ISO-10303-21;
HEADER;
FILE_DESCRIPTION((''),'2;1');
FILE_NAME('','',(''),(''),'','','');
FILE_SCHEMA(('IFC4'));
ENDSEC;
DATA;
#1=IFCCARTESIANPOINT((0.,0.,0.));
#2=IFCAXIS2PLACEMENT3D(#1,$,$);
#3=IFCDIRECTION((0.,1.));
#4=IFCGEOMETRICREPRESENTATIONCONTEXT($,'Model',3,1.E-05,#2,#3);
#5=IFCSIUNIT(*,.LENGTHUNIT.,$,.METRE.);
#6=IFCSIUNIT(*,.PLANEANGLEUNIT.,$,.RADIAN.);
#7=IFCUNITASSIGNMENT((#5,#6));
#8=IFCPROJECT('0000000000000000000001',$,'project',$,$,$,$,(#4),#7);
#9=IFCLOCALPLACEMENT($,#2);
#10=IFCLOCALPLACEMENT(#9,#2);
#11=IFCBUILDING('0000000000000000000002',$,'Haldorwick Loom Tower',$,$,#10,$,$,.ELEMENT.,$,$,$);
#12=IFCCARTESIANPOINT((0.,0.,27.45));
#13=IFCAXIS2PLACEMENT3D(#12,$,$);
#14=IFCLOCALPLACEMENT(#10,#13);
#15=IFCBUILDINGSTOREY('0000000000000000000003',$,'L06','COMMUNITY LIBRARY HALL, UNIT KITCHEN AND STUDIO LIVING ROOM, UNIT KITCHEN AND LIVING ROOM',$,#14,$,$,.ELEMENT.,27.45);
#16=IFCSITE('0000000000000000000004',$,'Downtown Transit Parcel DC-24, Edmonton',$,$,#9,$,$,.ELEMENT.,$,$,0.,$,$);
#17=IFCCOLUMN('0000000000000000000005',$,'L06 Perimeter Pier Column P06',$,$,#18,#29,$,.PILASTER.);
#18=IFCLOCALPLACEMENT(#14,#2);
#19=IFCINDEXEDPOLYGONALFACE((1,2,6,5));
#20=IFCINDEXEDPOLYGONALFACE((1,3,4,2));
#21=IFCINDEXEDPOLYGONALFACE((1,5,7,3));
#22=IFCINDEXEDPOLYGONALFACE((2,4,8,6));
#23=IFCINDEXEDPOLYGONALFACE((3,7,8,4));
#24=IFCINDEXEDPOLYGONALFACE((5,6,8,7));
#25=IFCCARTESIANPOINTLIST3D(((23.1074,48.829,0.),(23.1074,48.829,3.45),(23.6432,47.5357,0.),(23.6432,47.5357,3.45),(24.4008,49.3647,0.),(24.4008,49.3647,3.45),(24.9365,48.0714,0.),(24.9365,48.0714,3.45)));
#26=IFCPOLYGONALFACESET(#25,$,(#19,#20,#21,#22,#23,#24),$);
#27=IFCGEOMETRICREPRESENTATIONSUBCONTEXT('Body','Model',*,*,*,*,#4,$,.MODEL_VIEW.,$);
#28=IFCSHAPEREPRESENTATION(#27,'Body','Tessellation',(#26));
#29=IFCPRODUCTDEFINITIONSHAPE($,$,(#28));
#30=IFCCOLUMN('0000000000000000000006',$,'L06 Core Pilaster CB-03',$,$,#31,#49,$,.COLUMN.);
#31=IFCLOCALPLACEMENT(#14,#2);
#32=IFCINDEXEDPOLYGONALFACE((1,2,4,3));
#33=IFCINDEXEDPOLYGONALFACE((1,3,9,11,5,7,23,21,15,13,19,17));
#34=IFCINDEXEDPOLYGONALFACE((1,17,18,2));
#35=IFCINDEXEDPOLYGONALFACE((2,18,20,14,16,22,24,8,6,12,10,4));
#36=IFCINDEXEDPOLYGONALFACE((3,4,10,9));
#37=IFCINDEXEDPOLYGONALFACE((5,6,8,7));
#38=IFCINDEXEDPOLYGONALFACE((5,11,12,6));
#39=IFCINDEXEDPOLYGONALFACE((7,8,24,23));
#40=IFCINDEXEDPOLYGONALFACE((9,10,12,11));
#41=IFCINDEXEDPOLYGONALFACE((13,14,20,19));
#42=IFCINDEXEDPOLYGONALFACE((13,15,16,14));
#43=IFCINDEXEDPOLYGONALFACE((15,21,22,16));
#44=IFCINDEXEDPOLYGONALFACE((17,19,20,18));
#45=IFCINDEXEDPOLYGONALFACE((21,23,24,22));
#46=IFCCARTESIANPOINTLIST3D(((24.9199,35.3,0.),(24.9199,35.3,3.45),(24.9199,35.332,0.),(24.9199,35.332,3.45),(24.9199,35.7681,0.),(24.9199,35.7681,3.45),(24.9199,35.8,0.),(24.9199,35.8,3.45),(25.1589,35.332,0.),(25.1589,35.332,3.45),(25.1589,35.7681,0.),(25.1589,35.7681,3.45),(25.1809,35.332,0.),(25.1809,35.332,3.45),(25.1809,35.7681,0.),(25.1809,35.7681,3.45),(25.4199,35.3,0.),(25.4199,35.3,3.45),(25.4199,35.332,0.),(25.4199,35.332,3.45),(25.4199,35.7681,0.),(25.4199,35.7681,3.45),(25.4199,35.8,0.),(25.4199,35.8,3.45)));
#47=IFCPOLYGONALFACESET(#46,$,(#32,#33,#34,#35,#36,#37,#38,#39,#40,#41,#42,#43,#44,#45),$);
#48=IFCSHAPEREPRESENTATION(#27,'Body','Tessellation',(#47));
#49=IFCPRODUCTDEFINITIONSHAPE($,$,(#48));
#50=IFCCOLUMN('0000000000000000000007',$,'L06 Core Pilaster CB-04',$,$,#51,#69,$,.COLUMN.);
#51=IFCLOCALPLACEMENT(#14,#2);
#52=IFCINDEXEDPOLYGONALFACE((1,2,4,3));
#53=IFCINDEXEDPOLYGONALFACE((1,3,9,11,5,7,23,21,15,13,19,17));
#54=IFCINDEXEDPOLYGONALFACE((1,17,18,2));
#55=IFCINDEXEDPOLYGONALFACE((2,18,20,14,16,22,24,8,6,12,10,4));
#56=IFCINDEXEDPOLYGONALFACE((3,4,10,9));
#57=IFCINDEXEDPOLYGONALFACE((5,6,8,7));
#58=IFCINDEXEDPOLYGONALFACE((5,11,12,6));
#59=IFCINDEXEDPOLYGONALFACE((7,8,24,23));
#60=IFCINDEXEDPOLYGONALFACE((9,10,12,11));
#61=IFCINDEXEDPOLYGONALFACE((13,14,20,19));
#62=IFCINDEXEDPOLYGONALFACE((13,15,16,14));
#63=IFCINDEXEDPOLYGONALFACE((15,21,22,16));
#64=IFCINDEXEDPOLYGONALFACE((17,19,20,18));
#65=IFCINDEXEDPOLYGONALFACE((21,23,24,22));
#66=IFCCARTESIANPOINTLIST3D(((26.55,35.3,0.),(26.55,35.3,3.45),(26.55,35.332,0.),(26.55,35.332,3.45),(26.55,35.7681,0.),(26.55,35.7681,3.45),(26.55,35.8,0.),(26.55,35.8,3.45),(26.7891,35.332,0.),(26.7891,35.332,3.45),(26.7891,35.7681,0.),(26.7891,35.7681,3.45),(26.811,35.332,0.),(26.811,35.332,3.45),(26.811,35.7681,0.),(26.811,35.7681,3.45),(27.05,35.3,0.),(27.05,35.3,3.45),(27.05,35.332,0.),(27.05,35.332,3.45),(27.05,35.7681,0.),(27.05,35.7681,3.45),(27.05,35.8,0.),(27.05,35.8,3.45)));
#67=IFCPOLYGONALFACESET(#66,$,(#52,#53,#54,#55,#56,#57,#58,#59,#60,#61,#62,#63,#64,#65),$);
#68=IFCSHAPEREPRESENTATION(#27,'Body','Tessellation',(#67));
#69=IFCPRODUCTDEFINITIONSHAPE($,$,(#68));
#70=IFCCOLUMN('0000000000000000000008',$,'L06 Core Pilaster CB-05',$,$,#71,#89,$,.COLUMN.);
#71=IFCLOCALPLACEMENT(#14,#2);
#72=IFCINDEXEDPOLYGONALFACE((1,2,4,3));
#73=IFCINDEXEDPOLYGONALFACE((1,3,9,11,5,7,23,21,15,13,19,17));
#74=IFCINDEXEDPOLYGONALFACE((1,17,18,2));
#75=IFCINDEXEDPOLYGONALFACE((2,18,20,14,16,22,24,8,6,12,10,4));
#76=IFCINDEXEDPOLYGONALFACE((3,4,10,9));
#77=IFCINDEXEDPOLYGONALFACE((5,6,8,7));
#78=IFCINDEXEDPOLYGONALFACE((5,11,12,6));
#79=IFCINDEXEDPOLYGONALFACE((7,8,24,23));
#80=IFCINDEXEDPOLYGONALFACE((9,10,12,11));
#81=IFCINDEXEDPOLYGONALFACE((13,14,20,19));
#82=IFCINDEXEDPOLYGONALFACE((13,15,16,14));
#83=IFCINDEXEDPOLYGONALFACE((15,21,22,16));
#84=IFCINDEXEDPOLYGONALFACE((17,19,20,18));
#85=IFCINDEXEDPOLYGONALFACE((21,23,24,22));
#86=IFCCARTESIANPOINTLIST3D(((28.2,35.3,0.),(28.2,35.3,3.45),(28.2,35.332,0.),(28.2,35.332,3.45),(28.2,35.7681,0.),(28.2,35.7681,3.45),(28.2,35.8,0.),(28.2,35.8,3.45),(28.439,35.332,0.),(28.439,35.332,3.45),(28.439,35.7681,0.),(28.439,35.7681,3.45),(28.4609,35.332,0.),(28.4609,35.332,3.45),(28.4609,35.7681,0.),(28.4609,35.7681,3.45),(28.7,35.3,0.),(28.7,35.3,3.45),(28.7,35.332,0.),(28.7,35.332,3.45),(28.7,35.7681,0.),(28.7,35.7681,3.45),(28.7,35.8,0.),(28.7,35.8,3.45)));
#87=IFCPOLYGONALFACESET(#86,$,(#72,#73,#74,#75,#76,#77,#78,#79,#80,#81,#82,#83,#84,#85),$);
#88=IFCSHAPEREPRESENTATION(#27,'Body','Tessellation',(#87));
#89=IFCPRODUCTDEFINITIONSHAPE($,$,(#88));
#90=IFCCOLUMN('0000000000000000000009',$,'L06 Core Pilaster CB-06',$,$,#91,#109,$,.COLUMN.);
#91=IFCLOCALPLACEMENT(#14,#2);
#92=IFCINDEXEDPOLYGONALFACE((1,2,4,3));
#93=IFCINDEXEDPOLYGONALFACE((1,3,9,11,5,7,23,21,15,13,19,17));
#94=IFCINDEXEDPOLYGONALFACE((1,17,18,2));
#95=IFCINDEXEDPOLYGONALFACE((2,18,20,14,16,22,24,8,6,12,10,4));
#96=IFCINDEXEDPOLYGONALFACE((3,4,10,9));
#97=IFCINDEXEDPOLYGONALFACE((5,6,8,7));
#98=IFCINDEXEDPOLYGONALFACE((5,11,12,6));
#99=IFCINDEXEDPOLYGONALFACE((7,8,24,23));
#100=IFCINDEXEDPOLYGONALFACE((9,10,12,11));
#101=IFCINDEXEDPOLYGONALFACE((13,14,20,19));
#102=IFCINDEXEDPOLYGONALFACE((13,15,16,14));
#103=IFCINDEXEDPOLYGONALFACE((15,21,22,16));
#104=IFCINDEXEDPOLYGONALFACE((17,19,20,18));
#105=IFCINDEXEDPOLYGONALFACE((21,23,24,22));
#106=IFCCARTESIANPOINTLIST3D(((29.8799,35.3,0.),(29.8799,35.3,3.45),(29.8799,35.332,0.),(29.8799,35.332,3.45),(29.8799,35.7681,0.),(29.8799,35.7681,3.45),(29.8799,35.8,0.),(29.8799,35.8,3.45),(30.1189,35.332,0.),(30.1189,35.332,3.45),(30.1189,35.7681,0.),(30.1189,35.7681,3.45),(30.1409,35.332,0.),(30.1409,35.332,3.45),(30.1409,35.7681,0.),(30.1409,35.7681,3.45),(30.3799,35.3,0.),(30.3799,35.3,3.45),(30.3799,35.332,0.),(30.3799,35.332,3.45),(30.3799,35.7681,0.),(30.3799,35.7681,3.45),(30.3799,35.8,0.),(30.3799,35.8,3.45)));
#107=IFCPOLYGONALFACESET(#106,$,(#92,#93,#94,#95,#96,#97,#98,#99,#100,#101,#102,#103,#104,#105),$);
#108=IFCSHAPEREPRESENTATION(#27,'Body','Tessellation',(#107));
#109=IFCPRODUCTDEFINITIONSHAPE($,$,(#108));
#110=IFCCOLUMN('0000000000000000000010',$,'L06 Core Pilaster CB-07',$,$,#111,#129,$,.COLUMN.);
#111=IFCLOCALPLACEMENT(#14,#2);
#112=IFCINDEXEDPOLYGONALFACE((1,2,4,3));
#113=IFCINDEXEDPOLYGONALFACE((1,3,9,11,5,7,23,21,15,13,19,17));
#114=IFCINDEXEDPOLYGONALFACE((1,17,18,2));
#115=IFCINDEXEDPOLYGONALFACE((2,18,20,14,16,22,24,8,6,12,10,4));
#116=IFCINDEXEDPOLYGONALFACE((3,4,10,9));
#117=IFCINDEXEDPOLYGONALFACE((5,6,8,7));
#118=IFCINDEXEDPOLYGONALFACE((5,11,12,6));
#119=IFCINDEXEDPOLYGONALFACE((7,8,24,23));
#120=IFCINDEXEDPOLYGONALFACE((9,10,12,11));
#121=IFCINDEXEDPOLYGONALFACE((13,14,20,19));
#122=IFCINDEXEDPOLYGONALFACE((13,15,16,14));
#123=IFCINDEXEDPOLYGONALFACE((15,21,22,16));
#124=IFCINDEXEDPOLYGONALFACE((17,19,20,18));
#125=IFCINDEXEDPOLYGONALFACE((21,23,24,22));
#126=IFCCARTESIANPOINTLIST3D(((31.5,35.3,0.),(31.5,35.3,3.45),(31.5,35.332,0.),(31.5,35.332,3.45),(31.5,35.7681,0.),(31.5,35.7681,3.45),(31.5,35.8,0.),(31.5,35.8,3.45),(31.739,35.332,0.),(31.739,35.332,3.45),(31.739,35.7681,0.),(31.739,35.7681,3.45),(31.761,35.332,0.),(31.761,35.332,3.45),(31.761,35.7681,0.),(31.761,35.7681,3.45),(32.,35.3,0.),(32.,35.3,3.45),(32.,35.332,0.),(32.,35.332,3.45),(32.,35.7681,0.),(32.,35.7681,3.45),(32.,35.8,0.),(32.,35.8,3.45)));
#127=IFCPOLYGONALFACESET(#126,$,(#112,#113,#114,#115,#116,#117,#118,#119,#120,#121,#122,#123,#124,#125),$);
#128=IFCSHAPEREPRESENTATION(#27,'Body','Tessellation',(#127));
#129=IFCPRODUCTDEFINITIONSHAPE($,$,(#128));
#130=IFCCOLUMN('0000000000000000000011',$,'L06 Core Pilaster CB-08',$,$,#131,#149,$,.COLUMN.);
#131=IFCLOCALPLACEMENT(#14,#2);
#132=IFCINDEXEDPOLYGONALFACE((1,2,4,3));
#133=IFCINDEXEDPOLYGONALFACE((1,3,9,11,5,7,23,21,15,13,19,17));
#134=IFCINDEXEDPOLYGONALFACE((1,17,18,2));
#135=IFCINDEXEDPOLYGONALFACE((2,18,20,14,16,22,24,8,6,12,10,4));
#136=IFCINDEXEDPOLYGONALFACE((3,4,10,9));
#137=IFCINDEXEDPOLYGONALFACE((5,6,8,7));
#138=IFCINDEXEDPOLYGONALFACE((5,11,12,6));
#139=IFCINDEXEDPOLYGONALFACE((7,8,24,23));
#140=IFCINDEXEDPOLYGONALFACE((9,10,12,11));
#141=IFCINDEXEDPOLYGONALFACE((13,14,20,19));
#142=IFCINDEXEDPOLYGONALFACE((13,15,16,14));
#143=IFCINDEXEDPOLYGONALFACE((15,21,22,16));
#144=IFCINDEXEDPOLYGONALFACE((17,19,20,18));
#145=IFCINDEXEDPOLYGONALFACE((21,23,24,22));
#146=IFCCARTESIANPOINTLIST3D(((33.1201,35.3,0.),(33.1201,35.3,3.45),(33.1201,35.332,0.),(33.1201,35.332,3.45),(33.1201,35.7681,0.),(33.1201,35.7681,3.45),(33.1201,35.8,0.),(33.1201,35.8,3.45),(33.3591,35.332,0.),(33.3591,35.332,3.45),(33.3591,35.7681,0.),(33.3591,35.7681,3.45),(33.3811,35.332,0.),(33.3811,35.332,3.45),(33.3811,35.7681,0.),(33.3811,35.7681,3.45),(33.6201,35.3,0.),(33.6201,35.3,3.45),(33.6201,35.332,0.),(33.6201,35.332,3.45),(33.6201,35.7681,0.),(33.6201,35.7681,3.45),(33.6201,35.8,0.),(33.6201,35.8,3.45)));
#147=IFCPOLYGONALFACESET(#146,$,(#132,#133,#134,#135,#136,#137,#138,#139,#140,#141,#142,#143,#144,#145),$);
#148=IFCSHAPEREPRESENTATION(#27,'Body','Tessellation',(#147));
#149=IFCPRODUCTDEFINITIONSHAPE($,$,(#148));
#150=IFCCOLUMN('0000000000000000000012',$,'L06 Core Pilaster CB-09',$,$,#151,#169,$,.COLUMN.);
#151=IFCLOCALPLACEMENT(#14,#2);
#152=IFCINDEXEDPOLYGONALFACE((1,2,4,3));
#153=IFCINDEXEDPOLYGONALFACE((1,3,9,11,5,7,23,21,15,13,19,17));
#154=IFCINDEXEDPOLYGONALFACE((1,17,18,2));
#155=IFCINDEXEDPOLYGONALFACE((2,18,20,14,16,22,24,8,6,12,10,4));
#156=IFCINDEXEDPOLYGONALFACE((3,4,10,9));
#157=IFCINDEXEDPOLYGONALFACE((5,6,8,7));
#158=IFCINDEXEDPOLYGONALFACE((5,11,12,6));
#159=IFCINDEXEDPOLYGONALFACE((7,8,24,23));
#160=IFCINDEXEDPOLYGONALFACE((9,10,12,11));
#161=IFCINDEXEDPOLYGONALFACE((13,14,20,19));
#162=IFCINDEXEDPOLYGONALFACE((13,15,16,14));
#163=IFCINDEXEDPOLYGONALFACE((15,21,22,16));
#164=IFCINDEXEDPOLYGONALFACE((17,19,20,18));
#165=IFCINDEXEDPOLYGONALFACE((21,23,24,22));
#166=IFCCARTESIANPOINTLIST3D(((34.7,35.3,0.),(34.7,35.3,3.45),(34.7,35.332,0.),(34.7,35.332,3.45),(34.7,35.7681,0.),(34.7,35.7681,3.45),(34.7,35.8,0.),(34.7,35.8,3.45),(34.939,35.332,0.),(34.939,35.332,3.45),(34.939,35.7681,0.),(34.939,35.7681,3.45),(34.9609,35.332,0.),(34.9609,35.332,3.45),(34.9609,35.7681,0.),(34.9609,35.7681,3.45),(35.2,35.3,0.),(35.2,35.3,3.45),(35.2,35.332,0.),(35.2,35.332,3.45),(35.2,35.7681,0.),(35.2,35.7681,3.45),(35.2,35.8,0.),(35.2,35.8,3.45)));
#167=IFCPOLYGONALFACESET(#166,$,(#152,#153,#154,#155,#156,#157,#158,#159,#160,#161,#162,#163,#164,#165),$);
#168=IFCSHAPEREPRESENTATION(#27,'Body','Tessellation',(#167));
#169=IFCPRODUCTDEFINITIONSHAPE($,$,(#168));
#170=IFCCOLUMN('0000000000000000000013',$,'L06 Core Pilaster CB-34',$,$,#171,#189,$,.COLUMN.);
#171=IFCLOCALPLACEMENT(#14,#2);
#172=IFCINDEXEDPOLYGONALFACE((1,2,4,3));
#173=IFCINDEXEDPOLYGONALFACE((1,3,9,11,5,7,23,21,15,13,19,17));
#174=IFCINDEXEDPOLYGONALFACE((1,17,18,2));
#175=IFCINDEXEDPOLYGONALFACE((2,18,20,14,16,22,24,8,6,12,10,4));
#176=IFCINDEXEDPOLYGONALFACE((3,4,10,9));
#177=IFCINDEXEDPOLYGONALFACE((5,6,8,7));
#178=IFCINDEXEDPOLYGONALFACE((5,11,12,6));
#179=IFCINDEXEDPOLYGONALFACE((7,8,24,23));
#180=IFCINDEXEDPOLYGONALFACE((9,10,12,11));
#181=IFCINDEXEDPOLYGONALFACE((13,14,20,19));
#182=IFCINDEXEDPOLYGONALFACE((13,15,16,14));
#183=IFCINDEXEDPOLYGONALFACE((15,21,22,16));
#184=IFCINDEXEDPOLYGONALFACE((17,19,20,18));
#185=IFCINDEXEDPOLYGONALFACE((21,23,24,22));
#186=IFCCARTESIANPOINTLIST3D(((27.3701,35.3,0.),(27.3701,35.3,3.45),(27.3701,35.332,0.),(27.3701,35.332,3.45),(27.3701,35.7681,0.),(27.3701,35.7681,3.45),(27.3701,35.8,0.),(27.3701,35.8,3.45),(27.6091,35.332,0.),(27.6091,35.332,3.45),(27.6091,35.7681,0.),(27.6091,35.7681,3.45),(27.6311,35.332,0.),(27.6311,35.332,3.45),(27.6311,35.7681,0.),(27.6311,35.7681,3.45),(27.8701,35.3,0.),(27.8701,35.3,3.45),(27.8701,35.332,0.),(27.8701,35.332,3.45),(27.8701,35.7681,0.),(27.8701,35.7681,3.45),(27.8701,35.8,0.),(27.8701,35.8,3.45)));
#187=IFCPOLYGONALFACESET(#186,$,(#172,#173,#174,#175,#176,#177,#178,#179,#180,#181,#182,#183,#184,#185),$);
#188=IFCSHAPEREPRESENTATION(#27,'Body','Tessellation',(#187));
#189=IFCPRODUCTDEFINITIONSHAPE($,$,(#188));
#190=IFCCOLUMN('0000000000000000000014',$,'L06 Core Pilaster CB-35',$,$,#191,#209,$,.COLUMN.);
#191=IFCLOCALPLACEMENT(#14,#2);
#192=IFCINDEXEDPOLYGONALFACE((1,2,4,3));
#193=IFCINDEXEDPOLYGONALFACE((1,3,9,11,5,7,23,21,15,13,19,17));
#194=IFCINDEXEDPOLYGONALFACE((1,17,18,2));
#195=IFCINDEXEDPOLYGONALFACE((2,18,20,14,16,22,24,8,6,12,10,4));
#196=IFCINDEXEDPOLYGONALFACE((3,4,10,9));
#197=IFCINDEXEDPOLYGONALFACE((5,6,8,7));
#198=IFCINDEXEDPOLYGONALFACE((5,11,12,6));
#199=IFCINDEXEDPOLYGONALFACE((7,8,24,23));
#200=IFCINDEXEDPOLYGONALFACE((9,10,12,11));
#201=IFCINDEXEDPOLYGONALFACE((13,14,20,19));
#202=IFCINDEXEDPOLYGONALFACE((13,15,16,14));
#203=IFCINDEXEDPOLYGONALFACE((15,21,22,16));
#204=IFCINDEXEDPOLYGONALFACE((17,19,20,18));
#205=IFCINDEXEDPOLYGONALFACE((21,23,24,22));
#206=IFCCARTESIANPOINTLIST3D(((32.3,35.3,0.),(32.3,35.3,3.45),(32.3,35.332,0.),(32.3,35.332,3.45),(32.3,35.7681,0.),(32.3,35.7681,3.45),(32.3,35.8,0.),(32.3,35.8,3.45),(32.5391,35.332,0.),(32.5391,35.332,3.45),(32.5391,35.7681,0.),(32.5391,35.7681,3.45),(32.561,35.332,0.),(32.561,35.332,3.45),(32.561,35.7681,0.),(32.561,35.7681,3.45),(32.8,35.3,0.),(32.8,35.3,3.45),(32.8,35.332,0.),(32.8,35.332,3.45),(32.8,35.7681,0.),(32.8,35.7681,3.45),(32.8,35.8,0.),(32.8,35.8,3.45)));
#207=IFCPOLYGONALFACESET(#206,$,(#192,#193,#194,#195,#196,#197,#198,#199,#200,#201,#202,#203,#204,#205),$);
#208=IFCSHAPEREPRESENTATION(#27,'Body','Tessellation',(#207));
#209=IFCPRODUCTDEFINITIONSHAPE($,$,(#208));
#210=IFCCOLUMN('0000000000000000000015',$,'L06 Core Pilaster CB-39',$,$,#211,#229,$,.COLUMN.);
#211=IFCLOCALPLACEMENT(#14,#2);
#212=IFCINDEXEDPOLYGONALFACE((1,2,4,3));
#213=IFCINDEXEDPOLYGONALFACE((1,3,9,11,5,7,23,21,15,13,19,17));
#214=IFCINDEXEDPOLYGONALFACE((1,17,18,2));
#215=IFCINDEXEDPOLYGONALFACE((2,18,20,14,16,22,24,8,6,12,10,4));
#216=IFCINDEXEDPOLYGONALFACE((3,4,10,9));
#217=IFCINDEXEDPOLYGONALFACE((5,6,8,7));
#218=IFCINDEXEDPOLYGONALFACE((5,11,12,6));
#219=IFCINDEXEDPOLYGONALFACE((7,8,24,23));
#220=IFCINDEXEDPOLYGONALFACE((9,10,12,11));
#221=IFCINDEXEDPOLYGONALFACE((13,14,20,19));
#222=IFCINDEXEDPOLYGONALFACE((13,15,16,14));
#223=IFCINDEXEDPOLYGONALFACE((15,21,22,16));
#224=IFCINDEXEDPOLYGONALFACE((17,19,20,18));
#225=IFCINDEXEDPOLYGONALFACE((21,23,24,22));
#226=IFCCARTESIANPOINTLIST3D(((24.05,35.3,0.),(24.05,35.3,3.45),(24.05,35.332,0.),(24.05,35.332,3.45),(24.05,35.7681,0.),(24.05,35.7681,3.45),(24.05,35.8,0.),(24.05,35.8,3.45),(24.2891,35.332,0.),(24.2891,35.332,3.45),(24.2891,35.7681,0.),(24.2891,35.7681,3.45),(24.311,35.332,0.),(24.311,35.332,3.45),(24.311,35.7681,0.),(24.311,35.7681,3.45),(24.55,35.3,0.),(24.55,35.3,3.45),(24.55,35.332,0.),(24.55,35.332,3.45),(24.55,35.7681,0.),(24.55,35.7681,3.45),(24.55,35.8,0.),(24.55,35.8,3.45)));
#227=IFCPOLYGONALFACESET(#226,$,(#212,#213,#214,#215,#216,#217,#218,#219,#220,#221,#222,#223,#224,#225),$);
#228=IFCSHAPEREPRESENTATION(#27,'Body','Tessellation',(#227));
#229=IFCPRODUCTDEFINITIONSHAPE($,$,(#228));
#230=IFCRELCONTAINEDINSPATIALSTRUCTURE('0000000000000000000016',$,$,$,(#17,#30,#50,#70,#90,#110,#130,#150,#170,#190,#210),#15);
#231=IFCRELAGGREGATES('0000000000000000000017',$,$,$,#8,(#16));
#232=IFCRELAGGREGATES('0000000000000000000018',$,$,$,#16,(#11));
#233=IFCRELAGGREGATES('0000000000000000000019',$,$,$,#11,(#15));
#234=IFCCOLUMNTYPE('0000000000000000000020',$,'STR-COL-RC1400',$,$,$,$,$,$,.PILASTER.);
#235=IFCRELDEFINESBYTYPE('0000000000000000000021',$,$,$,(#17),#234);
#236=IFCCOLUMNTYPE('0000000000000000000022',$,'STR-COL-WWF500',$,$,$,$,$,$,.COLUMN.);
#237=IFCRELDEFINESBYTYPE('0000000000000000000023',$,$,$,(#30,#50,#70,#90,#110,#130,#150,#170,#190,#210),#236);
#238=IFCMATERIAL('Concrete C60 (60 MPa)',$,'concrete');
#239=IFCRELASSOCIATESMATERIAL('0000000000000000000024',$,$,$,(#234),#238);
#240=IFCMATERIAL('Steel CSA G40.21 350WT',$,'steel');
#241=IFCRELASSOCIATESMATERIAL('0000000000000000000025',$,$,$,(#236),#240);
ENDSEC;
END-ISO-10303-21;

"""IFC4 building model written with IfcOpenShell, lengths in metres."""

from ifc_helpers import new_model, si_unit, direction, frame, origin, origin_2d, place, context, subcontext, project, spatial, rectangle, i_section, extrude, material, material_profile, profile_set, type_object, element, save


model = new_model("IFC4")

# Units and contexts
model_context = context("Model", 3, precision=1e-05, world=origin(), true_north=direction((0.0, 1.0)))
body_context = subcontext(model_context, "Body", "Model", "MODEL_VIEW")
ifc_project = project(units=[si_unit("LENGTHUNIT", "METRE"), si_unit("PLANEANGLEUNIT", "RADIAN")], contexts=[model_context])

# Site, building, storey
site_placement = place(None, origin())
site = spatial("IfcSite", under=ifc_project, at=site_placement, Name="Downtown Transit Parcel DC-24, Edmonton", CompositionType="ELEMENT", RefElevation=0.0)
building_placement = place(site_placement, origin())
building = spatial("IfcBuilding", under=site, at=building_placement, Name="Haldorwick Loom Tower", CompositionType="ELEMENT")
storey_placement = place(building_placement, frame((0.0, 0.0, 27.45)))
storey = spatial("IfcBuildingStorey", under=building, at=storey_placement, Name="L06", Description="COMMUNITY LIBRARY HALL, UNIT KITCHEN AND STUDIO LIVING ROOM, UNIT KITCHEN AND LIVING ROOM", CompositionType="ELEMENT", Elevation=27.45)

# Columns
ifc_material_1 = material(Name="Concrete C60 (60 MPa)", Category="concrete")
ifc_material_profile_1 = material_profile(ifc_material_1, rectangle(XDim=1.3999, YDim=1.3999, at=origin_2d()), Name="RC1400X1400", Category="concrete")
ifc_profile_set_1 = profile_set([ifc_material_profile_1], Name="Concrete C60 (60 MPa)")
column_type_1 = type_object("IfcColumnType", Name="STR-COL-RC1400", PredefinedType="PILASTER", material=ifc_profile_set_1)
column_placement = place(storey_placement, frame((24.022, 48.4502, 0.0), z_axis=(0.0, 0.0, 1.0), x_axis=(-0.382683, 0.92388, 0.0)))
element("IfcColumn", 1, at=column_placement, inside=storey, type_object=column_type_1, Name="L06 Perimeter Pier Column P06", PredefinedType="PILASTER", context=body_context, shape_type="SweptSolid", body=[
    extrude(rectangle(XDim=1.3999, YDim=1.3999, at=origin_2d()), origin(), (0.0, 0.0, 1.0), 3.45),
])
ifc_material_2 = material(Name="Steel CSA G40.21 350WT", Category="steel")
ifc_material_profile_2 = material_profile(ifc_material_2, i_section(OverallWidth=0.5, OverallDepth=0.5, WebThickness=0.022, FlangeThickness=0.032, at=origin_2d()), Name="WWF500X500", Category="steel")
ifc_profile_set_2 = profile_set([ifc_material_profile_2], Name="Steel CSA G40.21 350WT")
column_type_2 = type_object("IfcColumnType", Name="STR-COL-WWF500", PredefinedType="COLUMN", material=ifc_profile_set_2)
for number, where, z_axis, x_axis, name in (
    (2, (25.1699, 35.55, 0.0), (0.0, 0.0, 1.0), (1.0, 0.0, 0.0), "L06 Core Pilaster CB-03"),
    (3, (26.8, 35.55, 0.0), (0.0, 0.0, 1.0), (1.0, 0.0, 0.0), "L06 Core Pilaster CB-04"),
    (4, (28.45, 35.55, 0.0), (0.0, 0.0, 1.0), (1.0, 0.0, 0.0), "L06 Core Pilaster CB-05"),
    (5, (30.1299, 35.55, 0.0), (0.0, 0.0, 1.0), (1.0, 0.0, 0.0), "L06 Core Pilaster CB-06"),
    (6, (31.75, 35.55, 0.0), (0.0, 0.0, 1.0), (1.0, 0.0, 0.0), "L06 Core Pilaster CB-07"),
    (7, (33.3701, 35.55, 0.0), (0.0, 0.0, 1.0), (1.0, 0.0, 0.0), "L06 Core Pilaster CB-08"),
    (8, (34.95, 35.55, 0.0), (0.0, 0.0, 1.0), (1.0, 0.0, 0.0), "L06 Core Pilaster CB-09"),
    (9, (27.6201, 35.55, 0.0), (0.0, 0.0, 1.0), (1.0, 0.0, 0.0), "L06 Core Pilaster CB-34"),
    (10, (32.55, 35.55, 0.0), (0.0, 0.0, 1.0), (1.0, 0.0, 0.0), "L06 Core Pilaster CB-35"),
    (11, (24.3, 35.55, 0.0), (0.0, 0.0, 1.0), (1.0, 0.0, 0.0), "L06 Core Pilaster CB-39"),
):
    element("IfcColumn", number, at=place(storey_placement, frame(where, z_axis=z_axis, x_axis=x_axis)), inside=storey, type_object=column_type_2, Name=name, PredefinedType="COLUMN", context=body_context, shape_type="SweptSolid", body=[
        extrude(i_section(OverallWidth=0.5, OverallDepth=0.5, WebThickness=0.022, FlangeThickness=0.032, at=origin_2d()), origin(), (0.0, 0.0, 1.0), 3.45),
    ])

save(model, "model.ifc")
